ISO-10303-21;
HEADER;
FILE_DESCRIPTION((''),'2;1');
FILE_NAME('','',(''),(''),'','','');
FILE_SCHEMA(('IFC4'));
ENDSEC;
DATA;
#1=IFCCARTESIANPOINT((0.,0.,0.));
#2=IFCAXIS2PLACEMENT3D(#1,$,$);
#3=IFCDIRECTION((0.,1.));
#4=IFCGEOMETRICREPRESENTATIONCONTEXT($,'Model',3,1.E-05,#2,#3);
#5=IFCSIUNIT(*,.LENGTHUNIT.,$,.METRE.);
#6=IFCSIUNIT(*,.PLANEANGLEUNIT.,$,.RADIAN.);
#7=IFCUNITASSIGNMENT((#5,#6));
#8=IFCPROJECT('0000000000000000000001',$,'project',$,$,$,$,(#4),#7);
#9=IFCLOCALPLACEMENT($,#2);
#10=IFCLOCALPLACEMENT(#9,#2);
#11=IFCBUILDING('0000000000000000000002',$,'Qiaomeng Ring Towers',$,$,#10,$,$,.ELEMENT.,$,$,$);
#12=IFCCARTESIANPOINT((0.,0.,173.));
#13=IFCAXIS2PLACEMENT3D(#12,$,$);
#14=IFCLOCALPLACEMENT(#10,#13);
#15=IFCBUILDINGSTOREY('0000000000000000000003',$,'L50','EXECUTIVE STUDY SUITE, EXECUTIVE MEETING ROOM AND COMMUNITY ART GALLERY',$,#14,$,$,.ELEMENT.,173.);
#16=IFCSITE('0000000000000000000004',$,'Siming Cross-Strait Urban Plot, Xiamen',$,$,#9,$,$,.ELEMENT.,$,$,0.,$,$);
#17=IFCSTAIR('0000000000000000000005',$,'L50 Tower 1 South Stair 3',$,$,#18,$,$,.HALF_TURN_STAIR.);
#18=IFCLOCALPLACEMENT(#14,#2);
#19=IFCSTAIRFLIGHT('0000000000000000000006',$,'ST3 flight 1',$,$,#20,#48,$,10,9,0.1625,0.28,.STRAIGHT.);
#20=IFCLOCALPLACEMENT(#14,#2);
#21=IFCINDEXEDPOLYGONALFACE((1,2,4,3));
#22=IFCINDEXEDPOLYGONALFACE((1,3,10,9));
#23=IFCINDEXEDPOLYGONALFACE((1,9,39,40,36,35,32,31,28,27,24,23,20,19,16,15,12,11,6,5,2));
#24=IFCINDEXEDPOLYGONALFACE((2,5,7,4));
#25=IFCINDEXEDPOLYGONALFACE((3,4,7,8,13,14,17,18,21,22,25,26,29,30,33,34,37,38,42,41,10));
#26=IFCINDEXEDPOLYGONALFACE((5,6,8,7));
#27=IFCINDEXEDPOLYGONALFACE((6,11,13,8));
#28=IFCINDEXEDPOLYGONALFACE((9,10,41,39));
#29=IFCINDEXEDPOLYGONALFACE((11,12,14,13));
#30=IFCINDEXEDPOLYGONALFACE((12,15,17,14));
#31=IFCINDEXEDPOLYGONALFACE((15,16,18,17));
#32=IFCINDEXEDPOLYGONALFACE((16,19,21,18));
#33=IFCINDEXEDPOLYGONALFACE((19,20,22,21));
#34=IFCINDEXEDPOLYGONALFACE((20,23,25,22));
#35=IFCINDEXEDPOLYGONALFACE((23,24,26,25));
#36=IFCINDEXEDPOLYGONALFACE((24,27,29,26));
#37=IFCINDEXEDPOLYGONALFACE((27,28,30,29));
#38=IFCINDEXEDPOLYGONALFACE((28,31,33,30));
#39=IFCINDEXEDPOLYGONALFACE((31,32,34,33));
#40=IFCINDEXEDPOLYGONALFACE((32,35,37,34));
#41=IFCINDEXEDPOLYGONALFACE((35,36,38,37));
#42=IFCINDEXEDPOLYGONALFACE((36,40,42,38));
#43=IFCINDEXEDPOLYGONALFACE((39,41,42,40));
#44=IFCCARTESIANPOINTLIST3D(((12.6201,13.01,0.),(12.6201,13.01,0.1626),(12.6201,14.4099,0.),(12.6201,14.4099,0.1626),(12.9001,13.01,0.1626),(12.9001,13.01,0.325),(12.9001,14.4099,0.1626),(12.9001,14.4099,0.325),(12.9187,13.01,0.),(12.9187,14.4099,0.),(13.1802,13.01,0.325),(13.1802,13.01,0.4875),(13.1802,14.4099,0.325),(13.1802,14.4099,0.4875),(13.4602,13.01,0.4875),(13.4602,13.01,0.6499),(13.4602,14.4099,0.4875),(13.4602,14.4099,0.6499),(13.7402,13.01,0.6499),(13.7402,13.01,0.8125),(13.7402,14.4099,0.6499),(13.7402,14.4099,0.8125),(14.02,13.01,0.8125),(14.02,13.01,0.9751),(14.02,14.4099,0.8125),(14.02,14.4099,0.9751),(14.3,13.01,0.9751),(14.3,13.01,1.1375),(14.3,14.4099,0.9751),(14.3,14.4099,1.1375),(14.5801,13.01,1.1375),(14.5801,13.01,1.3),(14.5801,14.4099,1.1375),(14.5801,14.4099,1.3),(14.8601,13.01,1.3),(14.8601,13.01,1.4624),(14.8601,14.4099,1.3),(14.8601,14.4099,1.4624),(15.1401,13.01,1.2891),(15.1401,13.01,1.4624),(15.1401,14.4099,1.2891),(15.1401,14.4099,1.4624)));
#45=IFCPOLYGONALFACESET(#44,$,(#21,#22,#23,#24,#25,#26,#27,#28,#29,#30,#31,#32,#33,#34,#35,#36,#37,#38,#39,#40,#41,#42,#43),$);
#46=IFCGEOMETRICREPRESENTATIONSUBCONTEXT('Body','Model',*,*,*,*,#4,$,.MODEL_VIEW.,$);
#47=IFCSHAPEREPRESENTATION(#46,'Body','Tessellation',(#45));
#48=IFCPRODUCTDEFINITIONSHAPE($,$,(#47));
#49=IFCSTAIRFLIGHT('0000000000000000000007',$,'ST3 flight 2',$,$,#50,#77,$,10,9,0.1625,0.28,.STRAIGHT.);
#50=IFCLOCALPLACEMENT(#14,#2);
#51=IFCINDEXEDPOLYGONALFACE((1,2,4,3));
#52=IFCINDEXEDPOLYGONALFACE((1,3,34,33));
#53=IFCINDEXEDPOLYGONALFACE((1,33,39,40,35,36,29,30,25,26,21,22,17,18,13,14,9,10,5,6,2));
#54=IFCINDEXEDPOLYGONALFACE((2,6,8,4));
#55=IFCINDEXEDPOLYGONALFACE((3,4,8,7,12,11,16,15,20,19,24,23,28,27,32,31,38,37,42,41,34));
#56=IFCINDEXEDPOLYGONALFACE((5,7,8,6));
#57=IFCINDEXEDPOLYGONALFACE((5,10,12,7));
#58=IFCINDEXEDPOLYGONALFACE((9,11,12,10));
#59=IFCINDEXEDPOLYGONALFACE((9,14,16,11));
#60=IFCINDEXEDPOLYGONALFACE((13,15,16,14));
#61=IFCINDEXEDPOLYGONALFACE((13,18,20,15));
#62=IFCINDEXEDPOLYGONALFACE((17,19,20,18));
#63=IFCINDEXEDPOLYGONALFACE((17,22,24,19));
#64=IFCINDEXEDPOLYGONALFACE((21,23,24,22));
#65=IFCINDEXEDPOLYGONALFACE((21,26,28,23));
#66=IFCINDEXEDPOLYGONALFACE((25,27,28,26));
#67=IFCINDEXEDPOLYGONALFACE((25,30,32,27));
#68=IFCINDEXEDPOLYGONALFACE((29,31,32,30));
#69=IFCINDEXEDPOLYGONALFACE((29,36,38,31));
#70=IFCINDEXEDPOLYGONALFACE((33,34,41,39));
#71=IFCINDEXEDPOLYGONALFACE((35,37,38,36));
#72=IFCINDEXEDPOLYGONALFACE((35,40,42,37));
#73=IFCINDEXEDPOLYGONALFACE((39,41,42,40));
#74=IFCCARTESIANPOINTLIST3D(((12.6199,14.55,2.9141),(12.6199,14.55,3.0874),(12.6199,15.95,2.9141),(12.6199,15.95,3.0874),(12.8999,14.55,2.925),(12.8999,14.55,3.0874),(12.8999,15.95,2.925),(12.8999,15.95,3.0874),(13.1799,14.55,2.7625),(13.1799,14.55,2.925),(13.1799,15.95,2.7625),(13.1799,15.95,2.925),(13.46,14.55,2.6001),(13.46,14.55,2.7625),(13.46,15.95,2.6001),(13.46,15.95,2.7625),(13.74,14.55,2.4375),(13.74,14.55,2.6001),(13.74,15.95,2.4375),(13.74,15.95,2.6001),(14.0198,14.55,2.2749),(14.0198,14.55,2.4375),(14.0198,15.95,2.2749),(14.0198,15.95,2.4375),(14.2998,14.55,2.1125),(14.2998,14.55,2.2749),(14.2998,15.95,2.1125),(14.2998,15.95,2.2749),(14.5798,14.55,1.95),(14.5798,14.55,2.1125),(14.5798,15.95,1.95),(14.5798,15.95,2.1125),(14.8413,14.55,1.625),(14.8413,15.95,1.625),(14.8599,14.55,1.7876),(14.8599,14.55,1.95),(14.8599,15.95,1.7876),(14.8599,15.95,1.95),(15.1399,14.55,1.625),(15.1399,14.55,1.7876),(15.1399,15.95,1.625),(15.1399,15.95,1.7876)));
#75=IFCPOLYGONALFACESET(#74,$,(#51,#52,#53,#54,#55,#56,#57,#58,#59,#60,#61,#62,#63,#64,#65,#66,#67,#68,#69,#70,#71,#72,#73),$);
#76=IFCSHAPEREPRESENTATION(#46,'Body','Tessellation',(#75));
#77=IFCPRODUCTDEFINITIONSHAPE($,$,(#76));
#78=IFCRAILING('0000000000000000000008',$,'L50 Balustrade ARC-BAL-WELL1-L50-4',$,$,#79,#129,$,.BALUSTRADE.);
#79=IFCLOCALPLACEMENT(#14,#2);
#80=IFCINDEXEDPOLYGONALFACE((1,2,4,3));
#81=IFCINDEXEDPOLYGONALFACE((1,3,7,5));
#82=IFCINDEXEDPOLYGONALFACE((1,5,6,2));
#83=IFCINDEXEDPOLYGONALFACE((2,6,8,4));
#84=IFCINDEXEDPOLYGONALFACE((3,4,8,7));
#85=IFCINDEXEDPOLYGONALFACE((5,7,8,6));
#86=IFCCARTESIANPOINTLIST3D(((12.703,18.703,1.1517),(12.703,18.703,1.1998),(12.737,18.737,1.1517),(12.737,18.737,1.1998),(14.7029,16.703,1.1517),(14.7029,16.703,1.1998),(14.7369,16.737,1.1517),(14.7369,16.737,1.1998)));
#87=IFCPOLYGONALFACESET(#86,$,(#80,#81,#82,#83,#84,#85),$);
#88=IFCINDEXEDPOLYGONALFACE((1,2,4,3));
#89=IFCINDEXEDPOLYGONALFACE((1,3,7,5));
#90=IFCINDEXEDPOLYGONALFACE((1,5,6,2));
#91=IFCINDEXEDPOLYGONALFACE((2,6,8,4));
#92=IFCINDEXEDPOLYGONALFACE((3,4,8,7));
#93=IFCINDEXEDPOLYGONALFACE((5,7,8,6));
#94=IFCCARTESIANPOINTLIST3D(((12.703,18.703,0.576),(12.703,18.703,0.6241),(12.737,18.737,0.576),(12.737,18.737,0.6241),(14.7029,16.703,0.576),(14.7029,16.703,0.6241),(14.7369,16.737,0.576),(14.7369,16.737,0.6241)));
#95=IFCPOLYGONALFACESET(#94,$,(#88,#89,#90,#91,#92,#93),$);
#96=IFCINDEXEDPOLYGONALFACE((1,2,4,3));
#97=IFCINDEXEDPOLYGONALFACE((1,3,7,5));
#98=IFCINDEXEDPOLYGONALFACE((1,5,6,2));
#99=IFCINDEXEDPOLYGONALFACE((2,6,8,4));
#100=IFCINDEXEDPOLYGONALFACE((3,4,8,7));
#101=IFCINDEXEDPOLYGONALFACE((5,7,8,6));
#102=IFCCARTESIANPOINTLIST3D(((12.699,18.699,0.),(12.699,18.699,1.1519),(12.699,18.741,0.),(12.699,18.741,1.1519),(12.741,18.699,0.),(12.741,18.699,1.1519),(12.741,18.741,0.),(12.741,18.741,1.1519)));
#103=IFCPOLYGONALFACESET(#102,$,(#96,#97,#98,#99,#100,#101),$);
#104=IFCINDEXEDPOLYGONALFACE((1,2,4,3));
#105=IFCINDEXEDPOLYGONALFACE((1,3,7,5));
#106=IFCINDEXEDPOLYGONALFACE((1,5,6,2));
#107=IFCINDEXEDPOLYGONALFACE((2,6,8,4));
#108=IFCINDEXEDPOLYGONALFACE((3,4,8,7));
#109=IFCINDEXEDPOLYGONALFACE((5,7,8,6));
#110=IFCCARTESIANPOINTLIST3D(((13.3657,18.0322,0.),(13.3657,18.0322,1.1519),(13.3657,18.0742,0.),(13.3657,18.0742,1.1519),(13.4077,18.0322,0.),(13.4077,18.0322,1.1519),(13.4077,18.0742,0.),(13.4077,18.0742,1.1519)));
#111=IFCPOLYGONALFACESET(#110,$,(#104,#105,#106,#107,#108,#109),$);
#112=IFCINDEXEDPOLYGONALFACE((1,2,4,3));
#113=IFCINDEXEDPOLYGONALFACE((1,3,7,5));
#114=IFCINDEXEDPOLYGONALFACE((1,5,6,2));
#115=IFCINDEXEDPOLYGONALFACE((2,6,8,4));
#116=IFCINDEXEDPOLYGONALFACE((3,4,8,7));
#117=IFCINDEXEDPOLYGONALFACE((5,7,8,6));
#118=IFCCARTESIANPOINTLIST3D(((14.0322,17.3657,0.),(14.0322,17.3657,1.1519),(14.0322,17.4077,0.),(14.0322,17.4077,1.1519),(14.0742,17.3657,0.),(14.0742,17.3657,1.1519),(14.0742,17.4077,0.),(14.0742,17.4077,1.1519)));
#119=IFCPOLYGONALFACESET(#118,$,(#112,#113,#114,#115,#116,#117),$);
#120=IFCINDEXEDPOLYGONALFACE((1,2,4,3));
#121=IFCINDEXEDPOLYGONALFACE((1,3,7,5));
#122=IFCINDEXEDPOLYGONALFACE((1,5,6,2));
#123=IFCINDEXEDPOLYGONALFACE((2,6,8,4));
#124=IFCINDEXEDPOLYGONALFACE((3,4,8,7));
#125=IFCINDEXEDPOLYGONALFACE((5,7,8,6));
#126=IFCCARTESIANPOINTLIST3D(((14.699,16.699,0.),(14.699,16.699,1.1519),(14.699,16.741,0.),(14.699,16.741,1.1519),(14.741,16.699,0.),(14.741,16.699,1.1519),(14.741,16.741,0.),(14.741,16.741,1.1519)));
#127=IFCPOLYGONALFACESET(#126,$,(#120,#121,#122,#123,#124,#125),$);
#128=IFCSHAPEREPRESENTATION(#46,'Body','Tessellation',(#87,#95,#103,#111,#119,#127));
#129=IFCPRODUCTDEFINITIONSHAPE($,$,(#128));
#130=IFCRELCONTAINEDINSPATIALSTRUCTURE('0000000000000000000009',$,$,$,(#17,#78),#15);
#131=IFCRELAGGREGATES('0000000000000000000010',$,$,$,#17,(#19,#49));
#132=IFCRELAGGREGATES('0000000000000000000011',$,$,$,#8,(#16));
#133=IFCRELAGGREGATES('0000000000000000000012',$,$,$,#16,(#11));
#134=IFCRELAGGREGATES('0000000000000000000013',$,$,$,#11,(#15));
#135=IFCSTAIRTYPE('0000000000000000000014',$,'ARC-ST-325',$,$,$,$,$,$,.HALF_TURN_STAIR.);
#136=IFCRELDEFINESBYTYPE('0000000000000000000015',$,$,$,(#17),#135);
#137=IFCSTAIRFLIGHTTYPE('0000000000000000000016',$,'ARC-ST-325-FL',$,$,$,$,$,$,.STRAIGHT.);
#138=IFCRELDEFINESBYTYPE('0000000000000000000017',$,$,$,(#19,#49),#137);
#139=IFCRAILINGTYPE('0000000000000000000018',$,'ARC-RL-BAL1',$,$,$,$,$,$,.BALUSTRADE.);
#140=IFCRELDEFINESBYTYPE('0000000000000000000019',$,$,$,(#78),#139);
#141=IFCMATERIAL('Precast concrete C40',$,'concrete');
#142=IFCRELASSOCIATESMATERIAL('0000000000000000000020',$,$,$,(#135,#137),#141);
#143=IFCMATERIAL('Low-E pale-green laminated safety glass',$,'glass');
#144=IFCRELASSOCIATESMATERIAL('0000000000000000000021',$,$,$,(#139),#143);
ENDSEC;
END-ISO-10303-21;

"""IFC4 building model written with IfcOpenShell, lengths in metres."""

from ifc_helpers import new_model, si_unit, direction, frame, origin, origin_2d, place, context, subcontext, project, spatial, polyline, rectangle, outline, extrude, source, transform, mapped, material, type_object, element, aggregate, save


model = new_model("IFC4")

# Units and contexts
model_context = context("Model", 3, precision=1e-05, world=origin(), true_north=direction((0.0, 1.0)))
body_context = subcontext(model_context, "Body", "Model", "MODEL_VIEW")
ifc_project = project(units=[si_unit("LENGTHUNIT", "METRE"), si_unit("PLANEANGLEUNIT", "RADIAN")], contexts=[model_context])

# Site, building, storey
site_placement = place(None, origin())
site = spatial("IfcSite", under=ifc_project, at=site_placement, Name="Siming Cross-Strait Urban Plot, Xiamen", CompositionType="ELEMENT", RefElevation=0.0)
building_placement = place(site_placement, origin())
building = spatial("IfcBuilding", under=site, at=building_placement, Name="Qiaomeng Ring Towers", CompositionType="ELEMENT")
storey_placement = place(building_placement, frame((0.0, 0.0, 173.0)))
storey = spatial("IfcBuildingStorey", under=building, at=storey_placement, Name="L50", Description="EXECUTIVE STUDY SUITE, EXECUTIVE MEETING ROOM AND COMMUNITY ART GALLERY", CompositionType="ELEMENT", Elevation=173.0)

# Stair, stair flights
ifc_material_1 = material(Name="Precast concrete C40", Category="concrete")
stair_type = type_object("IfcStairType", Name="ARC-ST-325", PredefinedType="HALF_TURN_STAIR", material=ifc_material_1)
stair_placement = place(storey_placement, origin())
stair = element("IfcStair", 1, at=stair_placement, inside=storey, type_object=stair_type, Name="L50 Tower 1 South Stair 3", PredefinedType="HALF_TURN_STAIR")
stair_flight_type = type_object("IfcStairFlightType", Name="ARC-ST-325-FL", PredefinedType="STRAIGHT", material=ifc_material_1)
shared_shape_1 = source(origin(), body_context, "Body", "SweptSolid", [
    extrude(outline(polyline([(0.0, 0.0), (0.0, 0.1626), (0.28, 0.1626), (0.28, 0.325), (0.5601, 0.325), (0.5601, 0.4875), (0.8401, 0.4875), (0.8401, 0.6499), (1.1201, 0.6499), (1.1201, 0.8125), (1.3999, 0.8125), (1.3999, 0.9751), (1.6799, 0.9751), (1.6799, 1.1375), (1.96, 1.1375), (1.96, 1.3), (2.24, 1.3), (2.24, 1.4624), (2.52, 1.4624), (2.52, 1.625), (2.52, 1.2891), (0.2986, 0.0), (0.0, 0.0)])), frame((0.0, 0.7, 0.0), z_axis=(0.0, -1.0, 0.0), x_axis=(1.0, 0.0, 0.0)), (0.0, 0.0, 1.0), 1.3999),
])
stair_flight_1_placement = place(storey_placement, frame((12.6201, 13.71, 0.0), z_axis=(0.0, 0.0, 1.0), x_axis=(1.0, 0.0, 0.0)))
stair_flight_1 = element("IfcStairFlight", 2, at=stair_flight_1_placement, type_object=stair_flight_type, Name="ST3 flight 1", NumberOfRisers=10, NumberOfTreads=9, PredefinedType="STRAIGHT", RiserHeight=0.1625, TreadLength=0.28, context=body_context, shape_type="MappedRepresentation", body=[
    mapped(shared_shape_1, transform((0.0, 0.0, 0.0), x_axis=(1.0, 0.0, 0.0), y_axis=(0.0, 1.0, 0.0), z_axis=(0.0, 0.0, 1.0), scale=1.0)),
])
stair_flight_2_placement = place(storey_placement, frame((15.1399, 15.25, 1.625), z_axis=(0.0, 0.0, 1.0), x_axis=(-1.0, 0.0, 0.0)))
stair_flight_2 = element("IfcStairFlight", 3, at=stair_flight_2_placement, type_object=stair_flight_type, Name="ST3 flight 2", NumberOfRisers=10, NumberOfTreads=9, PredefinedType="STRAIGHT", RiserHeight=0.1625, TreadLength=0.28, context=body_context, shape_type="MappedRepresentation", body=[
    mapped(shared_shape_1, transform((0.0, 0.0, 0.0), x_axis=(1.0, 0.0, 0.0), y_axis=(0.0, 1.0, 0.0), z_axis=(0.0, 0.0, 1.0), scale=1.0)),
])
aggregate(stair, [stair_flight_1, stair_flight_2])

# Railing
ifc_material_2 = material(Name="Low-E pale-green laminated safety glass", Category="glass")
railing_type_1 = type_object("IfcRailingType", Name="ARC-RL-BAL1", PredefinedType="BALUSTRADE", material=ifc_material_2)
railing_1_placement = place(storey_placement, frame((12.72, 18.72, 0.0)))
element("IfcRailing", 4, at=railing_1_placement, inside=storey, type_object=railing_type_1, Name="L50 Balustrade ARC-BAL-WELL1-L50-4", PredefinedType="BALUSTRADE", context=body_context, shape_type="SweptSolid", body=[
    extrude(rectangle(XDim=0.0481, YDim=0.0481, at=origin_2d()), frame((0.0, 0.0, 1.1758), z_axis=(0.707107, -0.707107, 0.0), x_axis=(0.707107, 0.707107, 0.0)), (0.0, 0.0, 1.0), 2.8284),
    extrude(rectangle(XDim=0.0481, YDim=0.0481, at=origin_2d()), frame((0.0, 0.0, 0.6001), z_axis=(0.707107, -0.707107, 0.0), x_axis=(0.707107, 0.707107, 0.0)), (0.0, 0.0, 1.0), 2.8284),
    extrude(rectangle(XDim=0.042, YDim=0.042, at=origin_2d()), origin(), (0.0, 0.0, 1.0), 1.1519),
    extrude(rectangle(XDim=0.042, YDim=0.042, at=origin_2d()), frame((0.6667, -0.6667, 0.0)), (0.0, 0.0, 1.0), 1.1519),
    extrude(rectangle(XDim=0.042, YDim=0.042, at=origin_2d()), frame((1.3333, -1.3333, 0.0)), (0.0, 0.0, 1.0), 1.1519),
    extrude(rectangle(XDim=0.042, YDim=0.042, at=origin_2d()), frame((2.0, -2.0, 0.0)), (0.0, 0.0, 1.0), 1.1519),
])

save(model, "model.ifc")
